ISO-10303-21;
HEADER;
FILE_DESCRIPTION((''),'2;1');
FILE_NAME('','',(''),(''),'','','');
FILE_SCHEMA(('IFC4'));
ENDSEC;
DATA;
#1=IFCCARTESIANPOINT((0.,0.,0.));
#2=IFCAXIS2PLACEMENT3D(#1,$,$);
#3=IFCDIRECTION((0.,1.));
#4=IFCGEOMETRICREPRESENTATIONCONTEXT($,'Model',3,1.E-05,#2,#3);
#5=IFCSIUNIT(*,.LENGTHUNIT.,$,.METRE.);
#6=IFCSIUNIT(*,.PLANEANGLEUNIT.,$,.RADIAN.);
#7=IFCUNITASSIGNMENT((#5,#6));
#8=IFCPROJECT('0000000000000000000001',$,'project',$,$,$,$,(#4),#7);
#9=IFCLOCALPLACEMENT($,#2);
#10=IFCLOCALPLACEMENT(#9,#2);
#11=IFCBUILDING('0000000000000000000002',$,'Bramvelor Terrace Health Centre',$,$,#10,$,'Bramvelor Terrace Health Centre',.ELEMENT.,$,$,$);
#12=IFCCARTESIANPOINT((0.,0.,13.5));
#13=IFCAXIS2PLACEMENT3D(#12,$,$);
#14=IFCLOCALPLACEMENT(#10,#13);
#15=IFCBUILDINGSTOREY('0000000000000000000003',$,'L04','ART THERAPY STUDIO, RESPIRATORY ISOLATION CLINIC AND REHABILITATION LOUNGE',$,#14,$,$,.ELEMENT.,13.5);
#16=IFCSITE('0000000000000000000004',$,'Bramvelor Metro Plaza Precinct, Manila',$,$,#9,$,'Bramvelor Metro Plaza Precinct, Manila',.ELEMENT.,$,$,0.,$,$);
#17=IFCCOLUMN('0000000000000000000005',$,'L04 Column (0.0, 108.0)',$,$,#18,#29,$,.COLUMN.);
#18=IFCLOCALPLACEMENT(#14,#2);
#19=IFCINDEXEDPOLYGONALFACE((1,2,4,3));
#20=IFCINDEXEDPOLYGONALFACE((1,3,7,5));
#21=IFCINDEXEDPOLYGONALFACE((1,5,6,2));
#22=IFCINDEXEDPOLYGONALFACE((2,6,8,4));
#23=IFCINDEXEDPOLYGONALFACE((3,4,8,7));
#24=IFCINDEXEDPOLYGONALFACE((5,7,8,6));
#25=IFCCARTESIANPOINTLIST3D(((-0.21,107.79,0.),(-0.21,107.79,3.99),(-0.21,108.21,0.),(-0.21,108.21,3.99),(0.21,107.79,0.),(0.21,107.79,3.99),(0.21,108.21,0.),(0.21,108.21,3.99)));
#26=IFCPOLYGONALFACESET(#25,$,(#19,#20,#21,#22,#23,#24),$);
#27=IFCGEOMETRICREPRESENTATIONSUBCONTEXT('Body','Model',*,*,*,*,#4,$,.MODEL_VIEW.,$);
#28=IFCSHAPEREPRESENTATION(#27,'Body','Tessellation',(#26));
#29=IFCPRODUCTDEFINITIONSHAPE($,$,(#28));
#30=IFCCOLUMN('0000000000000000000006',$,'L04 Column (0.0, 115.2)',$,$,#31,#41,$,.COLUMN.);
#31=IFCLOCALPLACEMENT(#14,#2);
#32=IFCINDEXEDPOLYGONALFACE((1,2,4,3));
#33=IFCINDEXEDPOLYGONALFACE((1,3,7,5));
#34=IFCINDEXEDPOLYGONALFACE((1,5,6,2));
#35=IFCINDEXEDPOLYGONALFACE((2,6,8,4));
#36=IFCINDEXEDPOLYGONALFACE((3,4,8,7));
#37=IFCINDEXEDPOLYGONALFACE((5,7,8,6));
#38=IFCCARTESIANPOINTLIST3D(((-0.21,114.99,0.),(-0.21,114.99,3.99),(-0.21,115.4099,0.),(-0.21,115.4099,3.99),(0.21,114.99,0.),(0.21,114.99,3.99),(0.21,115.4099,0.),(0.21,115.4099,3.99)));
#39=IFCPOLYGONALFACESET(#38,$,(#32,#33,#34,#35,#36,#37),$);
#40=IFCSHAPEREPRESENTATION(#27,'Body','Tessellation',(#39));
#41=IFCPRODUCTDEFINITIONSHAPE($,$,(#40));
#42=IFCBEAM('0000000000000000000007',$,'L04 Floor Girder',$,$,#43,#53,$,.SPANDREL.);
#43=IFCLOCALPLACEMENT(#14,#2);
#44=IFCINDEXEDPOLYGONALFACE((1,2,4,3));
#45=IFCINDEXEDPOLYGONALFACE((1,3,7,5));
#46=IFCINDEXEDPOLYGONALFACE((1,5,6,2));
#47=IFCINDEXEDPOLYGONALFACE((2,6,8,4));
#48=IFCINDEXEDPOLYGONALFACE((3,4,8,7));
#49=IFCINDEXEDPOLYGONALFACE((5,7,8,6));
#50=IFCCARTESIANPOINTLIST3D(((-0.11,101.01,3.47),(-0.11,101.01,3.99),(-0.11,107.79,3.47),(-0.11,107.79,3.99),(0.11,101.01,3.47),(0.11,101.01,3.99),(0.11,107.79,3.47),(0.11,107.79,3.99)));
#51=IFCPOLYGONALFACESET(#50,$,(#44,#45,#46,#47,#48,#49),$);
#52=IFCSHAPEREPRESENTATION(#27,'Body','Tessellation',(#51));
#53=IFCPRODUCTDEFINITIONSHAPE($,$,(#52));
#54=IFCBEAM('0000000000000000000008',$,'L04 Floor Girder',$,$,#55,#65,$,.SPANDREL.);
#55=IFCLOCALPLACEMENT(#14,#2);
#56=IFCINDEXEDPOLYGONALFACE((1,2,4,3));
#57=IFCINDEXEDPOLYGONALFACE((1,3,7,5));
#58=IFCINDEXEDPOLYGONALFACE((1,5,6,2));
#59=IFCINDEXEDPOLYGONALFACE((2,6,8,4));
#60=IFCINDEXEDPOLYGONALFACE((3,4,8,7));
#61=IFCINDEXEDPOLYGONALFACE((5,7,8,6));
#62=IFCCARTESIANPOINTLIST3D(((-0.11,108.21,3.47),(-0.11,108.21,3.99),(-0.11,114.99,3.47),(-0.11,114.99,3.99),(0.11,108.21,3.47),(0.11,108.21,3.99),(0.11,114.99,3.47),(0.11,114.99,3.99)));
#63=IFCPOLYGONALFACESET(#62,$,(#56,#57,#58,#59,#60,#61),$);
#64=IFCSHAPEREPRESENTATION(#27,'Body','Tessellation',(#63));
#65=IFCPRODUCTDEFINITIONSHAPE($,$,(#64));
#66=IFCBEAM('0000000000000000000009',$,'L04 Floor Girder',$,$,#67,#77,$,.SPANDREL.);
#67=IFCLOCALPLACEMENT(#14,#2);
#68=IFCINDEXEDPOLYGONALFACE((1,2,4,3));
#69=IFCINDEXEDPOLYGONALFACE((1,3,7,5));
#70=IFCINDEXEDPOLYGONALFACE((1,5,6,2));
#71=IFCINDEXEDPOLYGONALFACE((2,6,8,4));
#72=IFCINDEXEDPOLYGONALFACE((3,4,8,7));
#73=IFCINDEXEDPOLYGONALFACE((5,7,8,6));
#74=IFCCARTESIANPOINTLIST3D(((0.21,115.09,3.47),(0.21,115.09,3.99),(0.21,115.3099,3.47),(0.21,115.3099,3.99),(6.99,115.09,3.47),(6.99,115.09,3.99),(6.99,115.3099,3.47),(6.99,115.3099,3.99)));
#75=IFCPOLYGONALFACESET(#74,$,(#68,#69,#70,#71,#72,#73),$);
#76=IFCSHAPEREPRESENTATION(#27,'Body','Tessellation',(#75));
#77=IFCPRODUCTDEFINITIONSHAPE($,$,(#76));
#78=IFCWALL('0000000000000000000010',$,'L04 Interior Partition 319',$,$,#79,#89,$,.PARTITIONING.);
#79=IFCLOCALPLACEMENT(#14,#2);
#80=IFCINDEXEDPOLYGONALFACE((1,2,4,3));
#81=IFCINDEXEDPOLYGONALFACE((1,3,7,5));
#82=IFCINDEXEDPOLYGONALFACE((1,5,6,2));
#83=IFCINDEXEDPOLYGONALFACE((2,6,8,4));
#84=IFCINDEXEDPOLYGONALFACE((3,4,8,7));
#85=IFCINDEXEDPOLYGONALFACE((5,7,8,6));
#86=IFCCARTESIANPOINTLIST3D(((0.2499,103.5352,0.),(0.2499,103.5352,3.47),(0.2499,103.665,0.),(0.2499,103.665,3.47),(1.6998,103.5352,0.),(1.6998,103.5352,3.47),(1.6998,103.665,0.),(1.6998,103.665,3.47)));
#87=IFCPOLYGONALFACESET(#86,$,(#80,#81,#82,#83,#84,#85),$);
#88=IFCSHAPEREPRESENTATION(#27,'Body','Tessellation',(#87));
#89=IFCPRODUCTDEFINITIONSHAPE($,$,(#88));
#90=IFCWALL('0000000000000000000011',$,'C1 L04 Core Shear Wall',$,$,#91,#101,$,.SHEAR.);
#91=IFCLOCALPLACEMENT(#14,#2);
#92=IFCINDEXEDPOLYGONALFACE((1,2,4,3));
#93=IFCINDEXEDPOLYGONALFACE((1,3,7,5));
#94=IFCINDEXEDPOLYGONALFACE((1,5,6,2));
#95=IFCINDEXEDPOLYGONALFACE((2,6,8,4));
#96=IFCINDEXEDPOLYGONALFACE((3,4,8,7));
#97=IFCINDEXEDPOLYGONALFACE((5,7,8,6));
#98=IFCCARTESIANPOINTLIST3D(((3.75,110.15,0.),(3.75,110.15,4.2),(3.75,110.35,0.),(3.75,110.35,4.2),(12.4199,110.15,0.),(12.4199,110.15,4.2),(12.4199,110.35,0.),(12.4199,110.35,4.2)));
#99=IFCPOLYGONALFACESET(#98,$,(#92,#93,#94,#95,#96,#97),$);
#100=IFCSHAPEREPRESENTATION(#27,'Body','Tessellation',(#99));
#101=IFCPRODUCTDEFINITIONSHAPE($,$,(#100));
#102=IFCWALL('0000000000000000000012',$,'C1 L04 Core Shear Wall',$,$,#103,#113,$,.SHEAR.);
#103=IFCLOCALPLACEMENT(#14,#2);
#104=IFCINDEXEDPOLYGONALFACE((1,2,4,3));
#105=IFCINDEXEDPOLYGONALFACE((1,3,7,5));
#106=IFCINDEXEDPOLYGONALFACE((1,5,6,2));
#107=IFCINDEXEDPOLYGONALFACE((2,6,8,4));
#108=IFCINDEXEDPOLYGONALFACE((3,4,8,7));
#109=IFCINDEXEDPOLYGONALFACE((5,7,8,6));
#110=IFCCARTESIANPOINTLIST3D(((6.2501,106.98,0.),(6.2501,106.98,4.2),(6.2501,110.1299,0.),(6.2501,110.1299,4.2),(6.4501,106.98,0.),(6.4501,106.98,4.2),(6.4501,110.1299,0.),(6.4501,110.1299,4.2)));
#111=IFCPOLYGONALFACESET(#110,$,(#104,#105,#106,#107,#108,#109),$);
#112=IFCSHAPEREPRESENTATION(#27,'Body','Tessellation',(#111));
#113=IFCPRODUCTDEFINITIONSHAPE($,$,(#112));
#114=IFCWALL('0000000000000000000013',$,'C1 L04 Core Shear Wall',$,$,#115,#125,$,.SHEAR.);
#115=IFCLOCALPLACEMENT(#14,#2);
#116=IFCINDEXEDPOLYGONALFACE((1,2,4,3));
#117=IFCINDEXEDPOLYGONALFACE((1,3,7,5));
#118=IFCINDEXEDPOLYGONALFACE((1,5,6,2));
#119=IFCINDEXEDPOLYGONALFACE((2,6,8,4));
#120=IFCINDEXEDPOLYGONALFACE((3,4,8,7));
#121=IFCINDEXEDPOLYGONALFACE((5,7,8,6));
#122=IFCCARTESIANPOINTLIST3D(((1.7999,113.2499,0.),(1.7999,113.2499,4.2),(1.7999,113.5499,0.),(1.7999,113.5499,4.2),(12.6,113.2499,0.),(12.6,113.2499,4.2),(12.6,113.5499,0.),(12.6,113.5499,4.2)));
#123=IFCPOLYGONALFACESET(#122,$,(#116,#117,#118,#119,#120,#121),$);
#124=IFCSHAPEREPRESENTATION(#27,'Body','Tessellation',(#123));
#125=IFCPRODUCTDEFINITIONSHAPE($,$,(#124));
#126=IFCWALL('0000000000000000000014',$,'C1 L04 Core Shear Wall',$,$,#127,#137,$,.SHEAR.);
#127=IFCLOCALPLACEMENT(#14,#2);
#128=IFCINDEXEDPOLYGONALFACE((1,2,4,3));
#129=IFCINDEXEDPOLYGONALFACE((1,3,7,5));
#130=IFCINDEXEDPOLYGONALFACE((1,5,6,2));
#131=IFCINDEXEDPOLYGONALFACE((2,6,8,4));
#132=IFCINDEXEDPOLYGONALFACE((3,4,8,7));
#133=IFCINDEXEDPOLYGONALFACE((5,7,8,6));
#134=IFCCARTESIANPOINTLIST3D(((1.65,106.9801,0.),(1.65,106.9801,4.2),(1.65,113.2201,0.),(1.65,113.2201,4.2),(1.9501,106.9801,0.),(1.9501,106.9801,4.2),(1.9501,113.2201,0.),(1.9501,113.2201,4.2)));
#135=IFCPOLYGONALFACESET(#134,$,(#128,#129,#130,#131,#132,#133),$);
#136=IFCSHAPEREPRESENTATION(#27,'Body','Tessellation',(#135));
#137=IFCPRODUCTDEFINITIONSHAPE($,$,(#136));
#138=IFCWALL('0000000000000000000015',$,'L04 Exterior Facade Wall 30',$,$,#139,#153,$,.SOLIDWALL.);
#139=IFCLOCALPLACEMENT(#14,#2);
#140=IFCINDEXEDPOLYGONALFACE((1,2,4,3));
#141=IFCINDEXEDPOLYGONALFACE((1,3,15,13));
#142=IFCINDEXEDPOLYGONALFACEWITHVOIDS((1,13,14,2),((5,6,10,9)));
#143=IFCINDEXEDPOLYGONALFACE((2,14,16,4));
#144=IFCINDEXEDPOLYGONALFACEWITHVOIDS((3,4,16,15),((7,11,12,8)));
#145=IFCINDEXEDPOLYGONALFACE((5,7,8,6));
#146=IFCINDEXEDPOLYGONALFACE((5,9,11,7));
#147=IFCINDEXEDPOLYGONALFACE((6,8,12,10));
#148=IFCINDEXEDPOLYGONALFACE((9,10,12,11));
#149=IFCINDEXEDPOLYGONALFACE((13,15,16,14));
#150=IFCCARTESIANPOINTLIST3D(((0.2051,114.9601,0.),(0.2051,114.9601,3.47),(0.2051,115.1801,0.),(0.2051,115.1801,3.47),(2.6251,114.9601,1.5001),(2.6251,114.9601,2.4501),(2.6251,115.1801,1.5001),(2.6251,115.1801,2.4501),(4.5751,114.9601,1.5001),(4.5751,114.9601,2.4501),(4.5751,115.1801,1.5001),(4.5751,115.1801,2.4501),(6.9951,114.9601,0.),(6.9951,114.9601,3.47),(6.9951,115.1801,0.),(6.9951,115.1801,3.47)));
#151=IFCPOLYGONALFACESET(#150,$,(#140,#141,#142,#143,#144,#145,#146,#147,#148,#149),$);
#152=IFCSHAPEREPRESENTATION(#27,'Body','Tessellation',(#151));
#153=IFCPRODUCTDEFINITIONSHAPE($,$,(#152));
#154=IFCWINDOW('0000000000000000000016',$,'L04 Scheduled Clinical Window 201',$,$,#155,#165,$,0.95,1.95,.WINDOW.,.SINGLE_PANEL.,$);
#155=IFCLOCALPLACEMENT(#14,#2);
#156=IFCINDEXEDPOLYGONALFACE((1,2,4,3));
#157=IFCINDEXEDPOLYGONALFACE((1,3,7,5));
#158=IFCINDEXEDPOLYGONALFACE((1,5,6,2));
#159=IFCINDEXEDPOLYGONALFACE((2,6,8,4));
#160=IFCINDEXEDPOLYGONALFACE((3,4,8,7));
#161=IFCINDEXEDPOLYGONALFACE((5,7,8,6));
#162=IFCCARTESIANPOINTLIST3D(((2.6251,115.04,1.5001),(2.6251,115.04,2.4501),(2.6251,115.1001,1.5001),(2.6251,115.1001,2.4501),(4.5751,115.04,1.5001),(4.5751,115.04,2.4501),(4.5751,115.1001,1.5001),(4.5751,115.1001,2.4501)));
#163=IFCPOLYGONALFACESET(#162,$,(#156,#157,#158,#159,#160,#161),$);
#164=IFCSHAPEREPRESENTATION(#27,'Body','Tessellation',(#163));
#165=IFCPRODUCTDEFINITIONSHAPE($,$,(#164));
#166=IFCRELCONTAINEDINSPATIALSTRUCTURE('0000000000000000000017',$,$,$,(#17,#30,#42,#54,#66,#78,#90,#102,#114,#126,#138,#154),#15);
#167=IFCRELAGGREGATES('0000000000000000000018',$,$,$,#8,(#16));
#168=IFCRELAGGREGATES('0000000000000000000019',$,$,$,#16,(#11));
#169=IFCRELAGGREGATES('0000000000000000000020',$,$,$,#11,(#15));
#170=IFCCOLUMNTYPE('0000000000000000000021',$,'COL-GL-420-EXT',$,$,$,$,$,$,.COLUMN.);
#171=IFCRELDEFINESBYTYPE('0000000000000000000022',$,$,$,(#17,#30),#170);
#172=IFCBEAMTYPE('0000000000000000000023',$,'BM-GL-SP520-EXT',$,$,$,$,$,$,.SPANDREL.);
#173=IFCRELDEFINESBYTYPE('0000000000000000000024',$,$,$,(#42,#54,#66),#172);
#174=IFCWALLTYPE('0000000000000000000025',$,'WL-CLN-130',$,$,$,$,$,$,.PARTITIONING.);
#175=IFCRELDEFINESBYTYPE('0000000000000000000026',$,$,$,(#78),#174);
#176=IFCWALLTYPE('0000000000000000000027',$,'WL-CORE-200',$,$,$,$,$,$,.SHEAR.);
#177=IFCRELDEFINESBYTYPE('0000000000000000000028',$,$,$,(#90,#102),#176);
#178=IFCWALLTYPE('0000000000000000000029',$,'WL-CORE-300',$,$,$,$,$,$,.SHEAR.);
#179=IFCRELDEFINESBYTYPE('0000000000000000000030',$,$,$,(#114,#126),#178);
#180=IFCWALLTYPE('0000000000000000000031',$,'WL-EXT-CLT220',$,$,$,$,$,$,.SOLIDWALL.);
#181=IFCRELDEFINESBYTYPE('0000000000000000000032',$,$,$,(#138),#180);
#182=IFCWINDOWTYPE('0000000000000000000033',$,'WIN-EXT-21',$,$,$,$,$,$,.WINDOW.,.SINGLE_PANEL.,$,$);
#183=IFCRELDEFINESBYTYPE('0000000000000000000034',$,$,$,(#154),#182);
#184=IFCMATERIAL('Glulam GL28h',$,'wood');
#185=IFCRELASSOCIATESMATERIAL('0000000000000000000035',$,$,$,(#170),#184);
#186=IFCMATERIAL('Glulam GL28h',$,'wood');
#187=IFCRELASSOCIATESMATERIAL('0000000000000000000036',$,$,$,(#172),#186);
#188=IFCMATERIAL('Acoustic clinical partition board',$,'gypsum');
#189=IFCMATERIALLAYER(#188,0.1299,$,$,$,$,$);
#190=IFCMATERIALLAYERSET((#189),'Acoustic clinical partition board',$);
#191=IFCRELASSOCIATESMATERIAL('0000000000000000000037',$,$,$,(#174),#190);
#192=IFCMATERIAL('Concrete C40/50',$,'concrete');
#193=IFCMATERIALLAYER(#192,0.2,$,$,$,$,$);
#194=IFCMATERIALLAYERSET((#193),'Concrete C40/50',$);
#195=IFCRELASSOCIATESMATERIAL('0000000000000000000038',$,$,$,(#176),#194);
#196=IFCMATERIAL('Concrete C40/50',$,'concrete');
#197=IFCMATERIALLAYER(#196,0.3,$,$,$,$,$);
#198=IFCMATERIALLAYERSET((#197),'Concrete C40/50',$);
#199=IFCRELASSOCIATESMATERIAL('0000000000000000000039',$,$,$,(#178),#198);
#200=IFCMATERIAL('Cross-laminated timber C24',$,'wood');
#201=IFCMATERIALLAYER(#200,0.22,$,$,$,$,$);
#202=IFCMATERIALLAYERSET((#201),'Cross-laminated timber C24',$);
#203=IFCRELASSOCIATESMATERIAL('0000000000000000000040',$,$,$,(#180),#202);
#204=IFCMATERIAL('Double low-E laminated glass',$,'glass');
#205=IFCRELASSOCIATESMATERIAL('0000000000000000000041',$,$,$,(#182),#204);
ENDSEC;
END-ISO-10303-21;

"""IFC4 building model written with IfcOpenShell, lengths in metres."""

from ifc_helpers import new_model, si_unit, direction, frame, frame_2d, origin, origin_2d, place, context, subcontext, project, spatial, rectangle, extrude, material, layer, layer_set, material_profile, profile_set, type_object, element, fill, save


model = new_model("IFC4")

# Units and contexts
model_context = context("Model", 3, precision=1e-05, world=origin(), true_north=direction((0.0, 1.0)))
body_context = subcontext(model_context, "Body", "Model", "MODEL_VIEW")
ifc_project = project(units=[si_unit("LENGTHUNIT", "METRE"), si_unit("PLANEANGLEUNIT", "RADIAN")], contexts=[model_context])

# Site, building, storey
site_placement = place(None, origin())
site = spatial("IfcSite", under=ifc_project, at=site_placement, Name="Bramvelor Metro Plaza Precinct, Manila", LongName="Bramvelor Metro Plaza Precinct, Manila", CompositionType="ELEMENT", RefElevation=0.0)
building_placement = place(site_placement, origin())
building = spatial("IfcBuilding", under=site, at=building_placement, Name="Bramvelor Terrace Health Centre", LongName="Bramvelor Terrace Health Centre", CompositionType="ELEMENT")
storey_placement = place(building_placement, frame((0.0, 0.0, 13.5)))
storey = spatial("IfcBuildingStorey", under=building, at=storey_placement, Name="L04", Description="ART THERAPY STUDIO, RESPIRATORY ISOLATION CLINIC AND REHABILITATION LOUNGE", CompositionType="ELEMENT", Elevation=13.5)

# Columns
ifc_material_1 = material(Name="Glulam GL28h", Category="wood")
ifc_material_profile_1 = material_profile(ifc_material_1, rectangle(XDim=0.4199, YDim=0.4199, at=origin_2d()), Name="GL 420x420")
ifc_profile_set_1 = profile_set([ifc_material_profile_1], Name="Glulam GL28h")
column_type = type_object("IfcColumnType", Name="COL-GL-420-EXT", PredefinedType="COLUMN", material=ifc_profile_set_1)
for number, where, z_axis, x_axis, name in (
    (1, (0.0, 108.0, 0.0), (0.0, 0.0, 1.0), (1.0, 0.0, 0.0), "L04 Column (0.0, 108.0)"),
    (2, (0.0, 115.2, 0.0), (0.0, 0.0, 1.0), (1.0, 0.0, 0.0), "L04 Column (0.0, 115.2)"),
):
    element("IfcColumn", number, at=place(storey_placement, frame(where, z_axis=z_axis, x_axis=x_axis)), inside=storey, type_object=column_type, Name=name, PredefinedType="COLUMN", context=body_context, shape_type="SweptSolid", body=[
        extrude(rectangle(XDim=0.4199, YDim=0.4199, at=origin_2d()), origin(), (0.0, 0.0, 1.0), 3.99),
    ])

# Beams
ifc_material_2 = material(Name="Glulam GL28h", Category="wood")
ifc_material_profile_2 = material_profile(ifc_material_2, rectangle(XDim=0.22, YDim=0.52, at=origin_2d()), Name="GL 220x520")
ifc_profile_set_2 = profile_set([ifc_material_profile_2], Name="Glulam GL28h")
beam_type = type_object("IfcBeamType", Name="BM-GL-SP520-EXT", PredefinedType="SPANDREL", material=ifc_profile_set_2)
for number, where, z_axis, x_axis, name in (
    (3, (0.0, 101.01, 3.73), (0.0, 1.0, 0.0), (-1.0, 0.0, 0.0), "L04 Floor Girder"),
    (4, (0.0, 108.21, 3.73), (0.0, 1.0, 0.0), (-1.0, 0.0, 0.0), "L04 Floor Girder"),
    (5, (0.21, 115.2, 3.73), (1.0, 0.0, 0.0), (0.0, 1.0, 0.0), "L04 Floor Girder"),
):
    element("IfcBeam", number, at=place(storey_placement, frame(where, z_axis=z_axis, x_axis=x_axis)), inside=storey, type_object=beam_type, Name=name, PredefinedType="SPANDREL", context=body_context, shape_type="SweptSolid", body=[
        extrude(rectangle(XDim=0.22, YDim=0.52, at=origin_2d()), origin(), (0.0, 0.0, 1.0), 6.78),
    ])

# Walls
ifc_material_3 = material(Name="Acoustic clinical partition board", Category="gypsum")
ifc_layer_1 = layer(ifc_material_3, 0.1299)
ifc_layer_set_1 = layer_set([ifc_layer_1], Name="Acoustic clinical partition board")
wall_type_1 = type_object("IfcWallType", Name="WL-CLN-130", PredefinedType="PARTITIONING", material=ifc_layer_set_1)
wall_1_placement = place(storey_placement, frame((1.7, 103.6001, 0.0), z_axis=(0.0, 0.0, 1.0), x_axis=(-1.0, 0.0, 0.0)))
element("IfcWall", 6, at=wall_1_placement, inside=storey, type_object=wall_type_1, Name="L04 Interior Partition 319", PredefinedType="PARTITIONING", context=body_context, shape_type="SweptSolid", body=[
    extrude(rectangle(XDim=1.45, YDim=0.1299, at=frame_2d((0.7251, 0.0))), origin(), (0.0, 0.0, 1.0), 3.47),
])
ifc_material_4 = material(Name="Concrete C40/50", Category="concrete")
ifc_layer_2 = layer(ifc_material_4, 0.2)
ifc_layer_set_2 = layer_set([ifc_layer_2], Name="Concrete C40/50")
wall_type_2 = type_object("IfcWallType", Name="WL-CORE-200", PredefinedType="SHEAR", material=ifc_layer_set_2)
wall_2_placement = place(storey_placement, frame((3.75, 110.25, 0.0), z_axis=(0.0, 0.0, 1.0), x_axis=(1.0, 0.0, 0.0)))
element("IfcWall", 7, at=wall_2_placement, inside=storey, type_object=wall_type_2, Name="C1 L04 Core Shear Wall", PredefinedType="SHEAR", context=body_context, shape_type="SweptSolid", body=[
    extrude(rectangle(XDim=8.6699, YDim=0.2, at=frame_2d((4.335, 0.0))), origin(), (0.0, 0.0, 1.0), 4.2),
])
wall_3_placement = place(storey_placement, frame((6.3501, 106.98, 0.0), z_axis=(0.0, 0.0, 1.0), x_axis=(0.0, 1.0, 0.0)))
element("IfcWall", 8, at=wall_3_placement, inside=storey, type_object=wall_type_2, Name="C1 L04 Core Shear Wall", PredefinedType="SHEAR", context=body_context, shape_type="SweptSolid", body=[
    extrude(rectangle(XDim=3.1499, YDim=0.2, at=frame_2d((1.575, 0.0))), origin(), (0.0, 0.0, 1.0), 4.2),
])

# Shared definitions
ifc_material_5 = material(Name="Concrete C40/50", Category="concrete")
ifc_layer_3 = layer(ifc_material_5, 0.3)
ifc_layer_set_3 = layer_set([ifc_layer_3], Name="Concrete C40/50")
wall_type_3 = type_object("IfcWallType", Name="WL-CORE-300", PredefinedType="SHEAR", material=ifc_layer_set_3)

# Walls
wall_4_placement = place(storey_placement, frame((1.8, 113.3999, 0.0), z_axis=(0.0, 0.0, 1.0), x_axis=(1.0, 0.0, 0.0)))
element("IfcWall", 9, at=wall_4_placement, inside=storey, type_object=wall_type_3, Name="C1 L04 Core Shear Wall", PredefinedType="SHEAR", context=body_context, shape_type="SweptSolid", body=[
    extrude(rectangle(XDim=10.8, YDim=0.3, at=frame_2d((5.3999, 0.0))), origin(), (0.0, 0.0, 1.0), 4.2),
])
wall_5_placement = place(storey_placement, frame((1.8, 106.98, 0.0), z_axis=(0.0, 0.0, 1.0), x_axis=(0.0, 1.0, 0.0)))
element("IfcWall", 10, at=wall_5_placement, inside=storey, type_object=wall_type_3, Name="C1 L04 Core Shear Wall", PredefinedType="SHEAR", context=body_context, shape_type="SweptSolid", body=[
    extrude(rectangle(XDim=6.24, YDim=0.3, at=frame_2d((3.1201, 0.0))), origin(), (0.0, 0.0, 1.0), 4.2),
])

# Wall, opening, window
ifc_material_6 = material(Name="Cross-laminated timber C24", Category="wood")
ifc_layer_4 = layer(ifc_material_6, 0.22)
ifc_layer_set_4 = layer_set([ifc_layer_4], Name="Cross-laminated timber C24")
wall_type_4 = type_object("IfcWallType", Name="WL-EXT-CLT220", PredefinedType="SOLIDWALL", material=ifc_layer_set_4)
wall_6_placement = place(storey_placement, frame((0.2051, 115.0701, 0.0), z_axis=(0.0, 0.0, 1.0), x_axis=(1.0, 0.0, 0.0)))
wall_6 = element("IfcWall", 11, at=wall_6_placement, inside=storey, type_object=wall_type_4, Name="L04 Exterior Facade Wall 30", PredefinedType="SOLIDWALL", context=body_context, shape_type="SweptSolid", body=[
    extrude(rectangle(XDim=6.79, YDim=0.22, at=frame_2d((3.395, 0.0))), origin(), (0.0, 0.0, 1.0), 3.47),
])
opening_1_placement = place(wall_6_placement, frame((2.4199, 0.0, 1.5)))
opening_1 = element("IfcOpeningElement", 12, at=opening_1_placement, cuts=wall_6, PredefinedType="OPENING", context=body_context, shape_type="SweptSolid", body=[
    extrude(rectangle(XDim=1.95, YDim=0.95, at=frame_2d((0.9751, 0.4751))), frame((0.0, 0.1199, 0.0), z_axis=(0.0, -1.0, 0.0), x_axis=(1.0, 0.0, 0.0)), (0.0, 0.0, 1.0), 0.24),
])
ifc_material_7 = material(Name="Double low-E laminated glass", Category="glass")
window_type_1 = type_object("IfcWindowType", Name="WIN-EXT-21", PartitioningType="SINGLE_PANEL", PredefinedType="WINDOW", material=ifc_material_7)
window_1_placement = place(opening_1_placement, origin())
window_1 = element("IfcWindow", 13, at=window_1_placement, inside=storey, type_object=window_type_1, Name="L04 Scheduled Clinical Window 201", OverallHeight=0.95, OverallWidth=1.95, PartitioningType="SINGLE_PANEL", PredefinedType="WINDOW", context=body_context, shape_type="SweptSolid", body=[
    extrude(rectangle(XDim=1.95, YDim=0.95, at=frame_2d((0.9751, 0.4751))), frame((0.0, 0.03, 0.0), z_axis=(0.0, -1.0, 0.0), x_axis=(1.0, 0.0, 0.0)), (0.0, 0.0, 1.0), 0.0601),
])
fill(opening_1, window_1)

save(model, "model.ifc")
